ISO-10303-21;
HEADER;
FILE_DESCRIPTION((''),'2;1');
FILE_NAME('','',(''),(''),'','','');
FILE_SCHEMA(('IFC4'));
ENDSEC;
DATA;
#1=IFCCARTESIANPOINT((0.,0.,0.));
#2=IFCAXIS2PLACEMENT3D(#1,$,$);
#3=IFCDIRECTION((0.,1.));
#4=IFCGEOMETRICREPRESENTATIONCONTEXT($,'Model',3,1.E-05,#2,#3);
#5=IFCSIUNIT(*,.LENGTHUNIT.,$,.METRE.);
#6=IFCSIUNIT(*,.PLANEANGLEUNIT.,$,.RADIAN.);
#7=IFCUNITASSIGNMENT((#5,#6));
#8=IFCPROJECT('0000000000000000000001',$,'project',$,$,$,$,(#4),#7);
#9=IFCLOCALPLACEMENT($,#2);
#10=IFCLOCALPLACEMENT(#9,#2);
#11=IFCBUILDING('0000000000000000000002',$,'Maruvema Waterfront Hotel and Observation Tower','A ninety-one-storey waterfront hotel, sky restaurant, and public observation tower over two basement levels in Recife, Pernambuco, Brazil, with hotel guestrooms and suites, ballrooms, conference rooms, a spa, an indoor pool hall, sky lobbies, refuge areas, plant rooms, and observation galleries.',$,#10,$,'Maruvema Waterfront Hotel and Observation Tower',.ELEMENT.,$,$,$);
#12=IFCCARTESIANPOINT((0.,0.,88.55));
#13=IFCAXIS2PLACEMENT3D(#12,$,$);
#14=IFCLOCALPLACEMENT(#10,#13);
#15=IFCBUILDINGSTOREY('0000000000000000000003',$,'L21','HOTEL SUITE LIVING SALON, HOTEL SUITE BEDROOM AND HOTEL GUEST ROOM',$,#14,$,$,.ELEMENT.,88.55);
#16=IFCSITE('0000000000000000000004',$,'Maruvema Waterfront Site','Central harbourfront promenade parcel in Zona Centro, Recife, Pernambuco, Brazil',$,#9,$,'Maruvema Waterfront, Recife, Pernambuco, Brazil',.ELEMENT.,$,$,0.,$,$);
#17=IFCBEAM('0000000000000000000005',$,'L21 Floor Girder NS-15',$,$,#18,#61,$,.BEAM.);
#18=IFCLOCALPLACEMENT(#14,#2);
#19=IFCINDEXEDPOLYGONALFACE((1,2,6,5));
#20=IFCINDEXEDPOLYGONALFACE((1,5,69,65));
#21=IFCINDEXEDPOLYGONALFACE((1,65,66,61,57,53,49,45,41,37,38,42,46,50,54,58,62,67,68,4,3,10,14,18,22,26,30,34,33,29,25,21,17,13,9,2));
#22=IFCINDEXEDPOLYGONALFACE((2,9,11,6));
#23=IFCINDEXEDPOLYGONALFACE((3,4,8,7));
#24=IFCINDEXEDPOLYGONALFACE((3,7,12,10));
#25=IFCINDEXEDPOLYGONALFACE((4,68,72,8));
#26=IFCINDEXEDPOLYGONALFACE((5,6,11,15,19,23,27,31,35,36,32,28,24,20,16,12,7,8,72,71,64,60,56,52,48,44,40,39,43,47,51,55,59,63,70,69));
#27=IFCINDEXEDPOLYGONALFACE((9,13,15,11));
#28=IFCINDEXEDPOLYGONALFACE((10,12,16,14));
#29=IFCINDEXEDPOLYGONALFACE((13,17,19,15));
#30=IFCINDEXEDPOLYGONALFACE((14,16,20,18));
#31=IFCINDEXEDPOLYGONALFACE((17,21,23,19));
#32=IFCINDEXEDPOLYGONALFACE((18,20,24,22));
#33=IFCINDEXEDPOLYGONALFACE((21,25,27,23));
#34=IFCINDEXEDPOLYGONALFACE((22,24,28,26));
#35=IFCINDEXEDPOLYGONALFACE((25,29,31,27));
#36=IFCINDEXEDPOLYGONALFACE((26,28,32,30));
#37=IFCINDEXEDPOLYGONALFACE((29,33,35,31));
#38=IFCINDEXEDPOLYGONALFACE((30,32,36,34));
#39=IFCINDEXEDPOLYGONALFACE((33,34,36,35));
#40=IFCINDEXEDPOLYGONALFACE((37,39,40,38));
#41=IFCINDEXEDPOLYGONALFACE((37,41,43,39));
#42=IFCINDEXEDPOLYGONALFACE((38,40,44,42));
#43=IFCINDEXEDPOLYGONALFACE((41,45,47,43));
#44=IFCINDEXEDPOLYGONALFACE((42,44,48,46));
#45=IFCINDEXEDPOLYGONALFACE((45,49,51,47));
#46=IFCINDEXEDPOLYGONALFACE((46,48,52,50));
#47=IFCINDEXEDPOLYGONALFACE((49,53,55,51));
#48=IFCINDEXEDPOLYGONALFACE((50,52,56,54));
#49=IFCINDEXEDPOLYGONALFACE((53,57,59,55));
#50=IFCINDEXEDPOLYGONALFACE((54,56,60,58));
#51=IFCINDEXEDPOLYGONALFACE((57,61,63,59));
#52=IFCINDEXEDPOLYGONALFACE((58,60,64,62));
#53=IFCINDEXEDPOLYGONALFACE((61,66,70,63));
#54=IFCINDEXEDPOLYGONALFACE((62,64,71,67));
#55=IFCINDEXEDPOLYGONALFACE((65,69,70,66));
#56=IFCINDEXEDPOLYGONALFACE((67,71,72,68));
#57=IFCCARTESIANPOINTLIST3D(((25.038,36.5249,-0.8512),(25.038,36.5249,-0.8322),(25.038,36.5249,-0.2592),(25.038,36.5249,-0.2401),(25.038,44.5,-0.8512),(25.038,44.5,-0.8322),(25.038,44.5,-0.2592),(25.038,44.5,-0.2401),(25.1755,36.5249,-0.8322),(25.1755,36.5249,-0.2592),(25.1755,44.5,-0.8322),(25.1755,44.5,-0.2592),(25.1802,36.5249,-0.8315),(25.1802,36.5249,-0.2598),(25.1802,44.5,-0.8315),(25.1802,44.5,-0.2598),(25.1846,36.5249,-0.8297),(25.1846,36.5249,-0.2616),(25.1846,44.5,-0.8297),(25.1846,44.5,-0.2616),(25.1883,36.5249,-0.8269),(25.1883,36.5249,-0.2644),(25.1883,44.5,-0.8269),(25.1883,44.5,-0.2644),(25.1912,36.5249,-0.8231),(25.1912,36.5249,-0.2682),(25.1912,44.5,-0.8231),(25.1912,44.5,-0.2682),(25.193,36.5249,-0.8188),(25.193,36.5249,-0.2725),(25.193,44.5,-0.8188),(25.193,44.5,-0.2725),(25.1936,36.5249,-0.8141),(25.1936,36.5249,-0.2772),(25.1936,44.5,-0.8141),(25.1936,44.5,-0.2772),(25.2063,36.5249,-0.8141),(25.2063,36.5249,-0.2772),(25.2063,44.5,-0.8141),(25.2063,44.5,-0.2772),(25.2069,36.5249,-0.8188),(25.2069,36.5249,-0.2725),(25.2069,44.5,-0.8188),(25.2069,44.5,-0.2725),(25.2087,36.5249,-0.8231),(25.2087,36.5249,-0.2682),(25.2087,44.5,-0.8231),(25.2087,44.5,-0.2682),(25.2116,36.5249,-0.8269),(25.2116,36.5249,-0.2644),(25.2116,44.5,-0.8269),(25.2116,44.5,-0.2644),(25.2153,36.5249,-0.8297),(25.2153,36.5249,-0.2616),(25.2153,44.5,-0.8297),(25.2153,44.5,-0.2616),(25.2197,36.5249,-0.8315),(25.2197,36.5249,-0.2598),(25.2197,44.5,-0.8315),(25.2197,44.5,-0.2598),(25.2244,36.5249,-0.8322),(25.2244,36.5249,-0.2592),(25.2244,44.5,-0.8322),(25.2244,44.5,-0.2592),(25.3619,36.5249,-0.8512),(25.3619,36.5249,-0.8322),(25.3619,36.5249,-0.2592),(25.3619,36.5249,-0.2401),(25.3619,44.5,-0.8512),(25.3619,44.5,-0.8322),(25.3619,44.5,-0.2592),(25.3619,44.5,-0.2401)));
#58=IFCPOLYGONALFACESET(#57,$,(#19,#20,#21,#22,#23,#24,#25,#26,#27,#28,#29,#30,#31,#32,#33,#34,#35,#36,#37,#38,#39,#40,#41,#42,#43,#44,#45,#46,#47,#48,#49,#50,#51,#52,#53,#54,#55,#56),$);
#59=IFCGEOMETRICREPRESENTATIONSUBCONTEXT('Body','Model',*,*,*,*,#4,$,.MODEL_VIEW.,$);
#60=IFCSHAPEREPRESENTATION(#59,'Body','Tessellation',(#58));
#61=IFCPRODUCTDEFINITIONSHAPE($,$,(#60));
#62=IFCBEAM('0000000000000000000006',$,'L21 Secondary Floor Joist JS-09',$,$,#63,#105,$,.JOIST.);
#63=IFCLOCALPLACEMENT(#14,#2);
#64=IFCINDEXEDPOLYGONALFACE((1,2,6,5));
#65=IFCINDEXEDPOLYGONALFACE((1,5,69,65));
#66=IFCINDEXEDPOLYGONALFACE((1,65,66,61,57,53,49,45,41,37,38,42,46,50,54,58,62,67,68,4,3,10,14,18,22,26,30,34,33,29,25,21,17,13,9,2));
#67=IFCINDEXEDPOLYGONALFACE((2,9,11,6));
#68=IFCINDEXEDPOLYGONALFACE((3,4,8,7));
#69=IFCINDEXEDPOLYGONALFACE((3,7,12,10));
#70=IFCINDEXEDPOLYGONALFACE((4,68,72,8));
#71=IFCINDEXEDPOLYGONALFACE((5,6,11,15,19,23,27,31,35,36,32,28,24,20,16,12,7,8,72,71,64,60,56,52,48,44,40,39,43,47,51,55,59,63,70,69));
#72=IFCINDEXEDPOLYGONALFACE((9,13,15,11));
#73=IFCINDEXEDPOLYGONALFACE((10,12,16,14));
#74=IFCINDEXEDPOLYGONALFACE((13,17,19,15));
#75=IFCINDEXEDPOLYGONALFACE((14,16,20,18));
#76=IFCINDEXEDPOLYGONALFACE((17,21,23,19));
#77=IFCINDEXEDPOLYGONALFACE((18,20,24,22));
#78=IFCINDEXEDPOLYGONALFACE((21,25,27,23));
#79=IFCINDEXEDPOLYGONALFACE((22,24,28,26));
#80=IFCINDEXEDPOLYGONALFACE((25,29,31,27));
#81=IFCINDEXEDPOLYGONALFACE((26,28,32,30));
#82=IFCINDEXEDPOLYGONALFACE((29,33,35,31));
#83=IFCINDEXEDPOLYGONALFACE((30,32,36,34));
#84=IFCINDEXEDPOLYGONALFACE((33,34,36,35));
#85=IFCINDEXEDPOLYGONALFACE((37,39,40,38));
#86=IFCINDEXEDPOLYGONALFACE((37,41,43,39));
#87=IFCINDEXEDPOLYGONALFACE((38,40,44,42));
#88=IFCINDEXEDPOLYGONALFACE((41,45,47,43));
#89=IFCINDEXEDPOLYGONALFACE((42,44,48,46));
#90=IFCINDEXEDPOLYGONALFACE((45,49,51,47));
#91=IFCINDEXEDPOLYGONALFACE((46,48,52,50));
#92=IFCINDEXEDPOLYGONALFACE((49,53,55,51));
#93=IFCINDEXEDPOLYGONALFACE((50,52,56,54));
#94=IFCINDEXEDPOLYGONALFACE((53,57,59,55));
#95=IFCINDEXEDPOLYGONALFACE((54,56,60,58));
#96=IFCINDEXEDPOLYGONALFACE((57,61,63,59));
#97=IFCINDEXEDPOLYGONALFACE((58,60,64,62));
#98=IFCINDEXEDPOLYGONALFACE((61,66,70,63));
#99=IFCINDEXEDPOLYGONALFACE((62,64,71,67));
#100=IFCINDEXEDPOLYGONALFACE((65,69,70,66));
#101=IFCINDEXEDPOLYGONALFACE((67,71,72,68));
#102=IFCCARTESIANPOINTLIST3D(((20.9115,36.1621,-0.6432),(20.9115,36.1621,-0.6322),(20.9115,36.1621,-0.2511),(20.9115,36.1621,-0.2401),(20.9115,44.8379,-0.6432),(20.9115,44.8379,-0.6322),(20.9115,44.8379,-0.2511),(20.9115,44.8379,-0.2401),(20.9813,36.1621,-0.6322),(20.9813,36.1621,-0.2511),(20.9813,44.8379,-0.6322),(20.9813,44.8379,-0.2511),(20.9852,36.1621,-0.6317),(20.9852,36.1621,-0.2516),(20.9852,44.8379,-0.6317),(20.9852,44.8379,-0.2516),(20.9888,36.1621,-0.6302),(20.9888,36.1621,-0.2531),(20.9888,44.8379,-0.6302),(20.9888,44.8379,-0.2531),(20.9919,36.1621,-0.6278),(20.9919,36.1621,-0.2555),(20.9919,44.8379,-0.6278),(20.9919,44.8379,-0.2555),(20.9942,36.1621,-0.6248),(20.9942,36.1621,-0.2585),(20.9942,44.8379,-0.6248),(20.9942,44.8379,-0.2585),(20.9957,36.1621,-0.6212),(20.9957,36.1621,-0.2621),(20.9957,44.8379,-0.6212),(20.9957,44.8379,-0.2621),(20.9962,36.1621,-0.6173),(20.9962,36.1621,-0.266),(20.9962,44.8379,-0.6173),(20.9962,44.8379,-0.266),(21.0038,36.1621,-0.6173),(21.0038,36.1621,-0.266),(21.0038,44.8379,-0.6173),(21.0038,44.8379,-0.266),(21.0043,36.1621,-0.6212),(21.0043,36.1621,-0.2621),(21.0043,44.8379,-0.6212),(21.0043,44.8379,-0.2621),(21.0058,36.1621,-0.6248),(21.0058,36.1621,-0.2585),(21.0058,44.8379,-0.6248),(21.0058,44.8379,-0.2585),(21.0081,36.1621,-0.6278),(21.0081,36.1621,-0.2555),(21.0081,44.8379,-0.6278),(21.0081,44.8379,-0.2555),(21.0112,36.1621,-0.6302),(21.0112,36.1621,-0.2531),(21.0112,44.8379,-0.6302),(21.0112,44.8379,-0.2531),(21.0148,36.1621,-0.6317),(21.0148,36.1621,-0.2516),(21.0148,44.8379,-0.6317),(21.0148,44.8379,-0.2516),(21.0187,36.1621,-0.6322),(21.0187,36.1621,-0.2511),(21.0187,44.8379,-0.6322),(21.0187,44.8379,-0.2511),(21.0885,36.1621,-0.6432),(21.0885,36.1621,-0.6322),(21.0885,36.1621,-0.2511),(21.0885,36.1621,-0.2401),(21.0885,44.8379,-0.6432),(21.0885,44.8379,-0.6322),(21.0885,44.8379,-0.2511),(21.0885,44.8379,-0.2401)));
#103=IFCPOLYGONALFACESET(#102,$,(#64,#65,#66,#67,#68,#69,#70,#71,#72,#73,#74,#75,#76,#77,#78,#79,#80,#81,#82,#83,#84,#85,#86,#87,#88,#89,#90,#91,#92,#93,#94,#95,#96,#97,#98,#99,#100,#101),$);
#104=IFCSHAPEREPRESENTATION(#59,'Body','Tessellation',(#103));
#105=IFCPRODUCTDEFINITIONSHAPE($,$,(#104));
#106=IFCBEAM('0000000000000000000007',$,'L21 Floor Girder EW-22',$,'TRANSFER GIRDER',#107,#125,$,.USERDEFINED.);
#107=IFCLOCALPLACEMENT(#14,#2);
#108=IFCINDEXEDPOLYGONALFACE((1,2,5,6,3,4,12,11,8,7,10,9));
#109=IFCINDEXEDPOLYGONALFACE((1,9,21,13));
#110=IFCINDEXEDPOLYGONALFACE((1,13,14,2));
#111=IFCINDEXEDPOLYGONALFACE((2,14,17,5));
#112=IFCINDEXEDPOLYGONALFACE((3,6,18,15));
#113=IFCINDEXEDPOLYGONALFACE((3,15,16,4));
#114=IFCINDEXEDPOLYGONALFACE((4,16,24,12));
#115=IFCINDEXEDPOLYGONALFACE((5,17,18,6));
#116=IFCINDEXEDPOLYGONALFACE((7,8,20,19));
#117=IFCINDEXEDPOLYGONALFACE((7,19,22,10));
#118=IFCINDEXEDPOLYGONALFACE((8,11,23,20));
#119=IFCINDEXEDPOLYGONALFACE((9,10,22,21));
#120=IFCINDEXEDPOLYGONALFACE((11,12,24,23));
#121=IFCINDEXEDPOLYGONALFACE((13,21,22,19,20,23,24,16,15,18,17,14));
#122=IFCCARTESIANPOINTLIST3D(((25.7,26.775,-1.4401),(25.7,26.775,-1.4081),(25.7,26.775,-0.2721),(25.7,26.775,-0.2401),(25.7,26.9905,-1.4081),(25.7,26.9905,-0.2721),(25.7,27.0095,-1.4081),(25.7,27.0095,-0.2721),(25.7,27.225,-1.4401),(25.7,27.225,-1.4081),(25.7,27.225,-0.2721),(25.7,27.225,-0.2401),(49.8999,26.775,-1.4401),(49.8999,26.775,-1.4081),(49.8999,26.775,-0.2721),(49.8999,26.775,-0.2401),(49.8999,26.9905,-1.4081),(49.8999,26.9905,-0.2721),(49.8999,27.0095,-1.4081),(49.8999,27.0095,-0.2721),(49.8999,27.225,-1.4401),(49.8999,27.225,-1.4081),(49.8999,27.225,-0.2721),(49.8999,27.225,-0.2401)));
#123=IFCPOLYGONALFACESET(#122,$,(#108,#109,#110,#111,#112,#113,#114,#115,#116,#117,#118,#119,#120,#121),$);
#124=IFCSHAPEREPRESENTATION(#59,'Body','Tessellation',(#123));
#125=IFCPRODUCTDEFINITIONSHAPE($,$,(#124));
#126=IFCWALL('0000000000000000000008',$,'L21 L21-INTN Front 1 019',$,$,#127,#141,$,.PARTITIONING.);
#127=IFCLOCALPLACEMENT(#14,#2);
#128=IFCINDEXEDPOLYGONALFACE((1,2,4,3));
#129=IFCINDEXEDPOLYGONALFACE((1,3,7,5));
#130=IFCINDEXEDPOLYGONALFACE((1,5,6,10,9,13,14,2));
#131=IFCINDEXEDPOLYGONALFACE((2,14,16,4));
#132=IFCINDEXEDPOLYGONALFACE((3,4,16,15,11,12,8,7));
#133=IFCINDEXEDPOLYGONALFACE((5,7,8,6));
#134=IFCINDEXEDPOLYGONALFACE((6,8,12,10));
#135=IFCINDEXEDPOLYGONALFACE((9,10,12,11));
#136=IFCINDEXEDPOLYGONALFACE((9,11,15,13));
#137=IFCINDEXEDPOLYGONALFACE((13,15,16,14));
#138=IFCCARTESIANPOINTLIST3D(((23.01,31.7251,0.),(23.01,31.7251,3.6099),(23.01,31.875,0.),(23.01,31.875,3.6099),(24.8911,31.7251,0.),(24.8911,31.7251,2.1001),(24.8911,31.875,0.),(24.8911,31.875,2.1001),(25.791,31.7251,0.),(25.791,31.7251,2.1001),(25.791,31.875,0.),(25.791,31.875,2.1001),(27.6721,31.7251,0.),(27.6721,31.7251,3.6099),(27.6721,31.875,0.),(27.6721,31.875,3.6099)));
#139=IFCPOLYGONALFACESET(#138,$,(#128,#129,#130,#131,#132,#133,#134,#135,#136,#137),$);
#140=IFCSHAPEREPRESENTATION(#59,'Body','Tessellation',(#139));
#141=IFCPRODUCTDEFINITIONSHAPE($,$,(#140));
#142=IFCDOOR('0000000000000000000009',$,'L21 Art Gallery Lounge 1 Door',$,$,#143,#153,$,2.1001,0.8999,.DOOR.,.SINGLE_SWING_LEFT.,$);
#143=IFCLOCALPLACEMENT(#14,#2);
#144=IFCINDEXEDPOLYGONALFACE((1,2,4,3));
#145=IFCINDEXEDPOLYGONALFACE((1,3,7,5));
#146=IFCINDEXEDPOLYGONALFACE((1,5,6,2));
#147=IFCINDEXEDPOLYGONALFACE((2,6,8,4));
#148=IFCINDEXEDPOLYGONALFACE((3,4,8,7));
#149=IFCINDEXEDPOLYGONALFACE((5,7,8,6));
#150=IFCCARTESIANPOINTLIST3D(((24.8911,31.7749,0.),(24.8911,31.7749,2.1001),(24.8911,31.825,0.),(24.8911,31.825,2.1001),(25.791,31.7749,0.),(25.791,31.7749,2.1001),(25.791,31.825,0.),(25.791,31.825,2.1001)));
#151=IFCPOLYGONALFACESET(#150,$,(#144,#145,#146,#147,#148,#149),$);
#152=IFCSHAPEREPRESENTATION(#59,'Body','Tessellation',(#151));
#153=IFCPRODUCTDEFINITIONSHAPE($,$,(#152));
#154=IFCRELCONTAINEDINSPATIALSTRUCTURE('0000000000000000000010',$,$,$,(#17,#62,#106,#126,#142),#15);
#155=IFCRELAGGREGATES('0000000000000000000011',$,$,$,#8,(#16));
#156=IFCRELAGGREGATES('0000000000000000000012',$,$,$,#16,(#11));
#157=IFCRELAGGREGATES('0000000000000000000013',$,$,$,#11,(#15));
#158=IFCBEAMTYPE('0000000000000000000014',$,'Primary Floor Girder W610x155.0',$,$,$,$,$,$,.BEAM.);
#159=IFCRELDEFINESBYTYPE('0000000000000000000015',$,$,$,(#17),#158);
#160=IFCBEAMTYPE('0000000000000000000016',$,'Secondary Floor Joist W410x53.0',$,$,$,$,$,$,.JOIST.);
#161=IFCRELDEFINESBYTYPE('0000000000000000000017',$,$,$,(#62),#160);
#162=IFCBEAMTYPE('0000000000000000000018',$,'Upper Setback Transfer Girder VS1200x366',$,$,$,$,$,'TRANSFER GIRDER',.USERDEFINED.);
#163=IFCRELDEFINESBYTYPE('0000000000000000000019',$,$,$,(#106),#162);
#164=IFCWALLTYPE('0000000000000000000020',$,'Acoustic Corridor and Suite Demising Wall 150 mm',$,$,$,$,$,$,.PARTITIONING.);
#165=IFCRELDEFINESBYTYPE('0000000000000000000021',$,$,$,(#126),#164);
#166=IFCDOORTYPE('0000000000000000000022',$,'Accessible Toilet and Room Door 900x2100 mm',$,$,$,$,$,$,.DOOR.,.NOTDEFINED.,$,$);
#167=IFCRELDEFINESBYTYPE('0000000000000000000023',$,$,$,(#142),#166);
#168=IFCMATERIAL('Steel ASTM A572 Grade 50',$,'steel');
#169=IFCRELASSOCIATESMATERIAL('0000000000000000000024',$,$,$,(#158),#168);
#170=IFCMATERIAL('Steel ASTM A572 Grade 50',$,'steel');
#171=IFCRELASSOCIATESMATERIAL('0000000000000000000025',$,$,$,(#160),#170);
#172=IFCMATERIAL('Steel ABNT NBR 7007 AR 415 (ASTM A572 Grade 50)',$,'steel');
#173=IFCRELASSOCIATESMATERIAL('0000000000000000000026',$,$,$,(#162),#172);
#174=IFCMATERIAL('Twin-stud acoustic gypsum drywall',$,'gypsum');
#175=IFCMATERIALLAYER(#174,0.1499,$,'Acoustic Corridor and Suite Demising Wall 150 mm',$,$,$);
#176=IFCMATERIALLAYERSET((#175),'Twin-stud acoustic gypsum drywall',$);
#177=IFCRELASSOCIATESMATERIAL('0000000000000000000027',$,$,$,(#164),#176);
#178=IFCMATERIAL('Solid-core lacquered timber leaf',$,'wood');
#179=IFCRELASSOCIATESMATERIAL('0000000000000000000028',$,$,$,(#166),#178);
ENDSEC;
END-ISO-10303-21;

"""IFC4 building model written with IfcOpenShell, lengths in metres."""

from ifc_helpers import new_model, si_unit, direction, frame, frame_2d, origin, origin_2d, place, context, subcontext, project, spatial, rectangle, i_section, extrude, material, layer, layer_set, material_profile, profile_set, type_object, element, fill, save


model = new_model("IFC4")

# Units and contexts
model_context = context("Model", 3, precision=1e-05, world=origin(), true_north=direction((0.0, 1.0)))
body_context = subcontext(model_context, "Body", "Model", "MODEL_VIEW")
ifc_project = project(units=[si_unit("LENGTHUNIT", "METRE"), si_unit("PLANEANGLEUNIT", "RADIAN")], contexts=[model_context])

# Site, building, storey
site_placement = place(None, origin())
site = spatial("IfcSite", under=ifc_project, at=site_placement, Name="Maruvema Waterfront Site", Description="Central harbourfront promenade parcel in Zona Centro, Recife, Pernambuco, Brazil", LongName="Maruvema Waterfront, Recife, Pernambuco, Brazil", CompositionType="ELEMENT", RefElevation=0.0)
building_placement = place(site_placement, origin())
building = spatial("IfcBuilding", under=site, at=building_placement, Name="Maruvema Waterfront Hotel and Observation Tower", Description="A ninety-one-storey waterfront hotel, sky restaurant, and public observation tower over two basement levels in Recife, Pernambuco, Brazil, with hotel guestrooms and suites, ballrooms, conference rooms, a spa, an indoor pool hall, sky lobbies, refuge areas, plant rooms, and observation galleries.", LongName="Maruvema Waterfront Hotel and Observation Tower", CompositionType="ELEMENT")
storey_placement = place(building_placement, frame((0.0, 0.0, 88.55)))
storey = spatial("IfcBuildingStorey", under=building, at=storey_placement, Name="L21", Description="HOTEL SUITE LIVING SALON, HOTEL SUITE BEDROOM AND HOTEL GUEST ROOM", CompositionType="ELEMENT", Elevation=88.55)

# Beams
ifc_material_1 = material(Name="Steel ASTM A572 Grade 50", Category="steel")
ifc_material_profile_1 = material_profile(ifc_material_1, i_section(OverallWidth=0.324, OverallDepth=0.6111, WebThickness=0.0127, FlangeThickness=0.019, FilletRadius=0.0181, at=origin_2d()), Name="W610x155.0")
ifc_profile_set_1 = profile_set([ifc_material_profile_1], Name="Steel ASTM A572 Grade 50")
beam_type_1 = type_object("IfcBeamType", Name="Primary Floor Girder W610x155.0", PredefinedType="BEAM", material=ifc_profile_set_1)
for number, where, z_axis, x_axis, name in (
    (1, (25.2, 36.5249, -0.5457), (0.0, 1.0, 0.0), (-1.0, 0.0, 0.0), "L21 Floor Girder NS-15"),
):
    element("IfcBeam", number, at=place(storey_placement, frame(where, z_axis=z_axis, x_axis=x_axis)), inside=storey, type_object=beam_type_1, Name=name, PredefinedType="BEAM", context=body_context, shape_type="SweptSolid", body=[
        extrude(i_section(OverallWidth=0.324, OverallDepth=0.6111, WebThickness=0.0127, FlangeThickness=0.019, FilletRadius=0.0181, at=origin_2d()), origin(), (0.0, 0.0, 1.0), 7.9751),
    ])
ifc_material_2 = material(Name="Steel ASTM A572 Grade 50", Category="steel")
ifc_material_profile_2 = material_profile(ifc_material_2, i_section(OverallWidth=0.177, OverallDepth=0.4031, WebThickness=0.0076, FlangeThickness=0.011, FilletRadius=0.0149, at=origin_2d()), Name="W410x53.0")
ifc_profile_set_2 = profile_set([ifc_material_profile_2], Name="Steel ASTM A572 Grade 50")
beam_type_2 = type_object("IfcBeamType", Name="Secondary Floor Joist W410x53.0", PredefinedType="JOIST", material=ifc_profile_set_2)
beam_1_placement = place(storey_placement, frame((21.0, 36.1621, -0.4417), z_axis=(0.0, 1.0, 0.0), x_axis=(-1.0, 0.0, 0.0)))
element("IfcBeam", 2, at=beam_1_placement, inside=storey, type_object=beam_type_2, Name="L21 Secondary Floor Joist JS-09", PredefinedType="JOIST", context=body_context, shape_type="SweptSolid", body=[
    extrude(i_section(OverallWidth=0.177, OverallDepth=0.4031, WebThickness=0.0076, FlangeThickness=0.011, FilletRadius=0.0149, at=origin_2d()), origin(), (0.0, 0.0, 1.0), 8.6758),
])
ifc_material_3 = material(Name="Steel ABNT NBR 7007 AR 415 (ASTM A572 Grade 50)", Category="steel")
ifc_material_profile_3 = material_profile(ifc_material_3, i_section(OverallWidth=0.45, OverallDepth=1.2, WebThickness=0.019, FlangeThickness=0.032, at=origin_2d()), Name="VS1200x366")
ifc_profile_set_3 = profile_set([ifc_material_profile_3], Name="Steel ABNT NBR 7007 AR 415 (ASTM A572 Grade 50)")
beam_type_3 = type_object("IfcBeamType", Name="Upper Setback Transfer Girder VS1200x366", ElementType="TRANSFER GIRDER", PredefinedType="USERDEFINED", material=ifc_profile_set_3)
beam_2_placement = place(storey_placement, frame((25.7, 27.0, -0.8401), z_axis=(1.0, 0.0, 0.0), x_axis=(0.0, 1.0, 0.0)))
element("IfcBeam", 3, at=beam_2_placement, inside=storey, type_object=beam_type_3, Name="L21 Floor Girder EW-22", ObjectType="TRANSFER GIRDER", PredefinedType="USERDEFINED", context=body_context, shape_type="SweptSolid", body=[
    extrude(i_section(OverallWidth=0.45, OverallDepth=1.2, WebThickness=0.019, FlangeThickness=0.032, at=origin_2d()), origin(), (0.0, 0.0, 1.0), 24.2),
])

# Wall, opening, door
ifc_material_4 = material(Name="Twin-stud acoustic gypsum drywall", Category="gypsum")
ifc_layer = layer(ifc_material_4, 0.1499, Name="Acoustic Corridor and Suite Demising Wall 150 mm")
ifc_layer_set = layer_set([ifc_layer], Name="Twin-stud acoustic gypsum drywall")
wall_type = type_object("IfcWallType", Name="Acoustic Corridor and Suite Demising Wall 150 mm", PredefinedType="PARTITIONING", material=ifc_layer_set)
wall_1_placement = place(storey_placement, frame((23.01, 31.8, 0.0), z_axis=(0.0, 0.0, 1.0), x_axis=(1.0, 0.0, 0.0)))
wall_1 = element("IfcWall", 4, at=wall_1_placement, inside=storey, type_object=wall_type, Name="L21 L21-INTN Front 1 019", PredefinedType="PARTITIONING", context=body_context, shape_type="SweptSolid", body=[
    extrude(rectangle(XDim=4.6621, YDim=0.1499, at=frame_2d((2.3311, 0.0))), origin(), (0.0, 0.0, 1.0), 3.6099),
])
opening_1_placement = place(wall_1_placement, frame((1.8811, 0.0, 0.0)))
opening_1 = element("IfcOpeningElement", 5, at=opening_1_placement, cuts=wall_1, PredefinedType="OPENING", context=body_context, shape_type="SweptSolid", body=[
    extrude(rectangle(XDim=0.8999, YDim=2.1001, at=frame_2d((0.45, 1.05))), frame((0.0, 0.085, 0.0), z_axis=(0.0, -1.0, 0.0), x_axis=(1.0, 0.0, 0.0)), (0.0, 0.0, 1.0), 0.1699),
])
ifc_material_5 = material(Name="Solid-core lacquered timber leaf", Category="wood")
door_type_1 = type_object("IfcDoorType", Name="Accessible Toilet and Room Door 900x2100 mm", OperationType="NOTDEFINED", PredefinedType="DOOR", material=ifc_material_5)
door_1_placement = place(opening_1_placement, origin())
door_1 = element("IfcDoor", 6, at=door_1_placement, inside=storey, type_object=door_type_1, Name="L21 Art Gallery Lounge 1 Door", OperationType="SINGLE_SWING_LEFT", OverallHeight=2.1001, OverallWidth=0.8999, PredefinedType="DOOR", context=body_context, shape_type="SweptSolid", body=[
    extrude(rectangle(XDim=0.8999, YDim=2.1001, at=frame_2d((0.45, 1.05))), frame((0.0, 0.0249, 0.0), z_axis=(0.0, -1.0, 0.0), x_axis=(1.0, 0.0, 0.0)), (0.0, 0.0, 1.0), 0.05),
])
fill(opening_1, door_1)

save(model, "model.ifc")
